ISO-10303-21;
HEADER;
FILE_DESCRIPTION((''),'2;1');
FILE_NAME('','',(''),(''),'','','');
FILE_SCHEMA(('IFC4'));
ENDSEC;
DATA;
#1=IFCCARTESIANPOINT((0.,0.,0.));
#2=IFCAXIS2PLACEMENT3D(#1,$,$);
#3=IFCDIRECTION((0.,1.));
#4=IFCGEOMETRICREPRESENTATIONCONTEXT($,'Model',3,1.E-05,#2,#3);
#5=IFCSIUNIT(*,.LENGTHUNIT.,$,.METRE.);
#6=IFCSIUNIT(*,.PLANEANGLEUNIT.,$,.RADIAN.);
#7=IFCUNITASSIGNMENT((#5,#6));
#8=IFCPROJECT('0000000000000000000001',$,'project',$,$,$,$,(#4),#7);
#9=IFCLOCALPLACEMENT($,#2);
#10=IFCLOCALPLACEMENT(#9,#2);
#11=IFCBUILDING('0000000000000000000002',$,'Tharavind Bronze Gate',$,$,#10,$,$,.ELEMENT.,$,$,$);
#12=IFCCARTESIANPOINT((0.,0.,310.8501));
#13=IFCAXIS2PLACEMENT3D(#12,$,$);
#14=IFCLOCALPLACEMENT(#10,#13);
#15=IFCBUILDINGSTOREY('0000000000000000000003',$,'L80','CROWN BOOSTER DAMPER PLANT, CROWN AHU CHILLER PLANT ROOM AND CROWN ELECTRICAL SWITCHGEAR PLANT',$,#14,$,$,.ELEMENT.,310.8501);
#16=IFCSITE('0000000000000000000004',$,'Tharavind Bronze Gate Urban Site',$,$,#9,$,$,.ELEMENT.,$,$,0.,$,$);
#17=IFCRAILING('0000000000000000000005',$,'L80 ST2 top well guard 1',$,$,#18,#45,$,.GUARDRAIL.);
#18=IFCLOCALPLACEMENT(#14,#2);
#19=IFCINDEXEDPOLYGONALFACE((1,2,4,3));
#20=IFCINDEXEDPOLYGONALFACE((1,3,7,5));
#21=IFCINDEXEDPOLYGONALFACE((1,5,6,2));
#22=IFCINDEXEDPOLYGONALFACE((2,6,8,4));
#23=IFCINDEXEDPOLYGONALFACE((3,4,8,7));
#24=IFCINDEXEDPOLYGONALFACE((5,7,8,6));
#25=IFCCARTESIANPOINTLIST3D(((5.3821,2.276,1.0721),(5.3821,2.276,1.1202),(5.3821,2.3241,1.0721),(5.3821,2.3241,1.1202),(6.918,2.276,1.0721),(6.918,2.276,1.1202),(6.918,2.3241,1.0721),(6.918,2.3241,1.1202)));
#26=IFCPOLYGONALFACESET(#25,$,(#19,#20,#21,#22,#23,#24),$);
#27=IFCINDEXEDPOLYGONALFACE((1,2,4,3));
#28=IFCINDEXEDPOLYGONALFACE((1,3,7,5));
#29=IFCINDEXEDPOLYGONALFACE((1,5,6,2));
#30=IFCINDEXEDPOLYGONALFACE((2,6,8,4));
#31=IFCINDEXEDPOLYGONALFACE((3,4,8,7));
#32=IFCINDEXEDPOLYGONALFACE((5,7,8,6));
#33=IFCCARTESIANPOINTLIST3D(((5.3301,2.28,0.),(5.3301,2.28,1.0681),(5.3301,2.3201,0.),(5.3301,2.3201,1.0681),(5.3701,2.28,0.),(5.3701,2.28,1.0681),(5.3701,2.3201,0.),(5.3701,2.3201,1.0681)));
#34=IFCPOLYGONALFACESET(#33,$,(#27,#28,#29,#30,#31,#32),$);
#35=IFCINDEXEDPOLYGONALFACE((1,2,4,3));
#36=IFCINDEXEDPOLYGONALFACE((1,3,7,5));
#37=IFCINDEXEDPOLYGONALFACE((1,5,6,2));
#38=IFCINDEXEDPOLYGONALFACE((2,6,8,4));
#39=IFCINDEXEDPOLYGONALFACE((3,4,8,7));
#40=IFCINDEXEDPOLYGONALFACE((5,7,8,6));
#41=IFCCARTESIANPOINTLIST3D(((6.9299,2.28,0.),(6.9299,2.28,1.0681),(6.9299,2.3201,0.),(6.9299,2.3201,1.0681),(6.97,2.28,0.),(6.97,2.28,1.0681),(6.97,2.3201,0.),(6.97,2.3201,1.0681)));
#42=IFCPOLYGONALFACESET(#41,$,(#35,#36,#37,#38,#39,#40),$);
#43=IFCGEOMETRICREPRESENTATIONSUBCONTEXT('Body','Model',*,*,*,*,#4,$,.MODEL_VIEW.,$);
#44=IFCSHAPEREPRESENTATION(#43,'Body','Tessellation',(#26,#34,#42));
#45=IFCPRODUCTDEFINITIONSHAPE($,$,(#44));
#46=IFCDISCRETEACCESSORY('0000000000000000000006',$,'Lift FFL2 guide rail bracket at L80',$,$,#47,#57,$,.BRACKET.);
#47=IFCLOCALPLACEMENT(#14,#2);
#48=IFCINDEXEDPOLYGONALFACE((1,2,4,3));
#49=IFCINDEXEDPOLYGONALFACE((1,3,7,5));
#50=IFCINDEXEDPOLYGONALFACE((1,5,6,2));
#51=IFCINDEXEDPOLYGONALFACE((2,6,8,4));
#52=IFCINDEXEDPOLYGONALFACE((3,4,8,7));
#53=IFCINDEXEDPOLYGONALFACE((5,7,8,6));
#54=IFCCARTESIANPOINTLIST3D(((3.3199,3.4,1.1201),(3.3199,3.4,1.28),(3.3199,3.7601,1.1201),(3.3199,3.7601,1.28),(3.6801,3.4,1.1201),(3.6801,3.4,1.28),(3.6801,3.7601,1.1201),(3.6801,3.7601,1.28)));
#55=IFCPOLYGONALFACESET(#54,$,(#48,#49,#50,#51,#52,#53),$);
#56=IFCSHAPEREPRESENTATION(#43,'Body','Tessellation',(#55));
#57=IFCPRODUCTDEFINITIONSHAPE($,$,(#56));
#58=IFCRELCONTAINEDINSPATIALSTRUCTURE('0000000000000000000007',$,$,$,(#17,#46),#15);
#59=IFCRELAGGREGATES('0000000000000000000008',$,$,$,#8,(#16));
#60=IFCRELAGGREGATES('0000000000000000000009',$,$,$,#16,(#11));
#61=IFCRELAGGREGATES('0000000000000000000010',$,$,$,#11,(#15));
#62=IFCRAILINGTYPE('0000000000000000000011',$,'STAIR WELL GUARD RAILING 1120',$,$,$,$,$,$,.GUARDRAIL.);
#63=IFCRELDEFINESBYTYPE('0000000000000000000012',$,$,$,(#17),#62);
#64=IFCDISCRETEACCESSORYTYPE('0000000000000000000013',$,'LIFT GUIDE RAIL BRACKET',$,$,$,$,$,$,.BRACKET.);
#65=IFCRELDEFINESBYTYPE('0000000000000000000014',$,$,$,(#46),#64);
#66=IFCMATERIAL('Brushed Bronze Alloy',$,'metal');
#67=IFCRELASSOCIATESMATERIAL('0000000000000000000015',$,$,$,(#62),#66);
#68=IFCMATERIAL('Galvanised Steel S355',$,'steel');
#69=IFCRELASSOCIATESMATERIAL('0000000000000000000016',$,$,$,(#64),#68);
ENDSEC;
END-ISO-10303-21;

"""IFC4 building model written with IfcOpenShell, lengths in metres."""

from ifc_helpers import new_model, si_unit, direction, frame, origin, origin_2d, place, context, subcontext, project, spatial, rectangle, extrude, material, type_object, element, save


model = new_model("IFC4")

# Units and contexts
model_context = context("Model", 3, precision=1e-05, world=origin(), true_north=direction((0.0, 1.0)))
body_context = subcontext(model_context, "Body", "Model", "MODEL_VIEW")
ifc_project = project(units=[si_unit("LENGTHUNIT", "METRE"), si_unit("PLANEANGLEUNIT", "RADIAN")], contexts=[model_context])

# Site, building, storey
site_placement = place(None, origin())
site = spatial("IfcSite", under=ifc_project, at=site_placement, Name="Tharavind Bronze Gate Urban Site", CompositionType="ELEMENT", RefElevation=0.0)
building_placement = place(site_placement, origin())
building = spatial("IfcBuilding", under=site, at=building_placement, Name="Tharavind Bronze Gate", CompositionType="ELEMENT")
storey_placement = place(building_placement, frame((0.0, 0.0, 310.8501)))
storey = spatial("IfcBuildingStorey", under=building, at=storey_placement, Name="L80", Description="CROWN BOOSTER DAMPER PLANT, CROWN AHU CHILLER PLANT ROOM AND CROWN ELECTRICAL SWITCHGEAR PLANT", CompositionType="ELEMENT", Elevation=310.8501)

# Railing
ifc_material_1 = material(Name="Brushed Bronze Alloy", Category="metal")
railing_type = type_object("IfcRailingType", Name="STAIR WELL GUARD RAILING 1120", PredefinedType="GUARDRAIL", material=ifc_material_1)
railing_placement = place(storey_placement, frame((5.3501, 2.3, 0.0)))
element("IfcRailing", 1, at=railing_placement, inside=storey, type_object=railing_type, Name="L80 ST2 top well guard 1", PredefinedType="GUARDRAIL", context=body_context, shape_type="SweptSolid", body=[
    extrude(rectangle(XDim=0.0481, YDim=0.0481, at=origin_2d()), frame((0.032, 0.0, 1.0962), z_axis=(1.0, 0.0, 0.0), x_axis=(0.0, 1.0, 0.0)), (0.0, 0.0, 1.0), 1.5359),
    extrude(rectangle(XDim=0.04, YDim=0.04, at=origin_2d()), origin(), (0.0, 0.0, 1.0), 1.0681),
    extrude(rectangle(XDim=0.04, YDim=0.04, at=origin_2d()), frame((1.5999, 0.0, 0.0)), (0.0, 0.0, 1.0), 1.0681),
])

# Discrete accessory
ifc_material_2 = material(Name="Galvanised Steel S355", Category="steel")
discrete_accessory_type = type_object("IfcDiscreteAccessoryType", Name="LIFT GUIDE RAIL BRACKET", PredefinedType="BRACKET", material=ifc_material_2)
discrete_accessory_placement = place(storey_placement, frame((3.5, 3.5801, 1.1201), z_axis=(0.0, 0.0, 1.0), x_axis=(1.0, 0.0, 0.0)))
element("IfcDiscreteAccessory", 2, at=discrete_accessory_placement, inside=storey, type_object=discrete_accessory_type, Name="Lift FFL2 guide rail bracket at L80", PredefinedType="BRACKET", context=body_context, shape_type="SweptSolid", body=[
    extrude(rectangle(XDim=0.3601, YDim=0.3601, at=origin_2d()), origin(), (0.0, 0.0, 1.0), 0.1599),
])

save(model, "model.ifc")
